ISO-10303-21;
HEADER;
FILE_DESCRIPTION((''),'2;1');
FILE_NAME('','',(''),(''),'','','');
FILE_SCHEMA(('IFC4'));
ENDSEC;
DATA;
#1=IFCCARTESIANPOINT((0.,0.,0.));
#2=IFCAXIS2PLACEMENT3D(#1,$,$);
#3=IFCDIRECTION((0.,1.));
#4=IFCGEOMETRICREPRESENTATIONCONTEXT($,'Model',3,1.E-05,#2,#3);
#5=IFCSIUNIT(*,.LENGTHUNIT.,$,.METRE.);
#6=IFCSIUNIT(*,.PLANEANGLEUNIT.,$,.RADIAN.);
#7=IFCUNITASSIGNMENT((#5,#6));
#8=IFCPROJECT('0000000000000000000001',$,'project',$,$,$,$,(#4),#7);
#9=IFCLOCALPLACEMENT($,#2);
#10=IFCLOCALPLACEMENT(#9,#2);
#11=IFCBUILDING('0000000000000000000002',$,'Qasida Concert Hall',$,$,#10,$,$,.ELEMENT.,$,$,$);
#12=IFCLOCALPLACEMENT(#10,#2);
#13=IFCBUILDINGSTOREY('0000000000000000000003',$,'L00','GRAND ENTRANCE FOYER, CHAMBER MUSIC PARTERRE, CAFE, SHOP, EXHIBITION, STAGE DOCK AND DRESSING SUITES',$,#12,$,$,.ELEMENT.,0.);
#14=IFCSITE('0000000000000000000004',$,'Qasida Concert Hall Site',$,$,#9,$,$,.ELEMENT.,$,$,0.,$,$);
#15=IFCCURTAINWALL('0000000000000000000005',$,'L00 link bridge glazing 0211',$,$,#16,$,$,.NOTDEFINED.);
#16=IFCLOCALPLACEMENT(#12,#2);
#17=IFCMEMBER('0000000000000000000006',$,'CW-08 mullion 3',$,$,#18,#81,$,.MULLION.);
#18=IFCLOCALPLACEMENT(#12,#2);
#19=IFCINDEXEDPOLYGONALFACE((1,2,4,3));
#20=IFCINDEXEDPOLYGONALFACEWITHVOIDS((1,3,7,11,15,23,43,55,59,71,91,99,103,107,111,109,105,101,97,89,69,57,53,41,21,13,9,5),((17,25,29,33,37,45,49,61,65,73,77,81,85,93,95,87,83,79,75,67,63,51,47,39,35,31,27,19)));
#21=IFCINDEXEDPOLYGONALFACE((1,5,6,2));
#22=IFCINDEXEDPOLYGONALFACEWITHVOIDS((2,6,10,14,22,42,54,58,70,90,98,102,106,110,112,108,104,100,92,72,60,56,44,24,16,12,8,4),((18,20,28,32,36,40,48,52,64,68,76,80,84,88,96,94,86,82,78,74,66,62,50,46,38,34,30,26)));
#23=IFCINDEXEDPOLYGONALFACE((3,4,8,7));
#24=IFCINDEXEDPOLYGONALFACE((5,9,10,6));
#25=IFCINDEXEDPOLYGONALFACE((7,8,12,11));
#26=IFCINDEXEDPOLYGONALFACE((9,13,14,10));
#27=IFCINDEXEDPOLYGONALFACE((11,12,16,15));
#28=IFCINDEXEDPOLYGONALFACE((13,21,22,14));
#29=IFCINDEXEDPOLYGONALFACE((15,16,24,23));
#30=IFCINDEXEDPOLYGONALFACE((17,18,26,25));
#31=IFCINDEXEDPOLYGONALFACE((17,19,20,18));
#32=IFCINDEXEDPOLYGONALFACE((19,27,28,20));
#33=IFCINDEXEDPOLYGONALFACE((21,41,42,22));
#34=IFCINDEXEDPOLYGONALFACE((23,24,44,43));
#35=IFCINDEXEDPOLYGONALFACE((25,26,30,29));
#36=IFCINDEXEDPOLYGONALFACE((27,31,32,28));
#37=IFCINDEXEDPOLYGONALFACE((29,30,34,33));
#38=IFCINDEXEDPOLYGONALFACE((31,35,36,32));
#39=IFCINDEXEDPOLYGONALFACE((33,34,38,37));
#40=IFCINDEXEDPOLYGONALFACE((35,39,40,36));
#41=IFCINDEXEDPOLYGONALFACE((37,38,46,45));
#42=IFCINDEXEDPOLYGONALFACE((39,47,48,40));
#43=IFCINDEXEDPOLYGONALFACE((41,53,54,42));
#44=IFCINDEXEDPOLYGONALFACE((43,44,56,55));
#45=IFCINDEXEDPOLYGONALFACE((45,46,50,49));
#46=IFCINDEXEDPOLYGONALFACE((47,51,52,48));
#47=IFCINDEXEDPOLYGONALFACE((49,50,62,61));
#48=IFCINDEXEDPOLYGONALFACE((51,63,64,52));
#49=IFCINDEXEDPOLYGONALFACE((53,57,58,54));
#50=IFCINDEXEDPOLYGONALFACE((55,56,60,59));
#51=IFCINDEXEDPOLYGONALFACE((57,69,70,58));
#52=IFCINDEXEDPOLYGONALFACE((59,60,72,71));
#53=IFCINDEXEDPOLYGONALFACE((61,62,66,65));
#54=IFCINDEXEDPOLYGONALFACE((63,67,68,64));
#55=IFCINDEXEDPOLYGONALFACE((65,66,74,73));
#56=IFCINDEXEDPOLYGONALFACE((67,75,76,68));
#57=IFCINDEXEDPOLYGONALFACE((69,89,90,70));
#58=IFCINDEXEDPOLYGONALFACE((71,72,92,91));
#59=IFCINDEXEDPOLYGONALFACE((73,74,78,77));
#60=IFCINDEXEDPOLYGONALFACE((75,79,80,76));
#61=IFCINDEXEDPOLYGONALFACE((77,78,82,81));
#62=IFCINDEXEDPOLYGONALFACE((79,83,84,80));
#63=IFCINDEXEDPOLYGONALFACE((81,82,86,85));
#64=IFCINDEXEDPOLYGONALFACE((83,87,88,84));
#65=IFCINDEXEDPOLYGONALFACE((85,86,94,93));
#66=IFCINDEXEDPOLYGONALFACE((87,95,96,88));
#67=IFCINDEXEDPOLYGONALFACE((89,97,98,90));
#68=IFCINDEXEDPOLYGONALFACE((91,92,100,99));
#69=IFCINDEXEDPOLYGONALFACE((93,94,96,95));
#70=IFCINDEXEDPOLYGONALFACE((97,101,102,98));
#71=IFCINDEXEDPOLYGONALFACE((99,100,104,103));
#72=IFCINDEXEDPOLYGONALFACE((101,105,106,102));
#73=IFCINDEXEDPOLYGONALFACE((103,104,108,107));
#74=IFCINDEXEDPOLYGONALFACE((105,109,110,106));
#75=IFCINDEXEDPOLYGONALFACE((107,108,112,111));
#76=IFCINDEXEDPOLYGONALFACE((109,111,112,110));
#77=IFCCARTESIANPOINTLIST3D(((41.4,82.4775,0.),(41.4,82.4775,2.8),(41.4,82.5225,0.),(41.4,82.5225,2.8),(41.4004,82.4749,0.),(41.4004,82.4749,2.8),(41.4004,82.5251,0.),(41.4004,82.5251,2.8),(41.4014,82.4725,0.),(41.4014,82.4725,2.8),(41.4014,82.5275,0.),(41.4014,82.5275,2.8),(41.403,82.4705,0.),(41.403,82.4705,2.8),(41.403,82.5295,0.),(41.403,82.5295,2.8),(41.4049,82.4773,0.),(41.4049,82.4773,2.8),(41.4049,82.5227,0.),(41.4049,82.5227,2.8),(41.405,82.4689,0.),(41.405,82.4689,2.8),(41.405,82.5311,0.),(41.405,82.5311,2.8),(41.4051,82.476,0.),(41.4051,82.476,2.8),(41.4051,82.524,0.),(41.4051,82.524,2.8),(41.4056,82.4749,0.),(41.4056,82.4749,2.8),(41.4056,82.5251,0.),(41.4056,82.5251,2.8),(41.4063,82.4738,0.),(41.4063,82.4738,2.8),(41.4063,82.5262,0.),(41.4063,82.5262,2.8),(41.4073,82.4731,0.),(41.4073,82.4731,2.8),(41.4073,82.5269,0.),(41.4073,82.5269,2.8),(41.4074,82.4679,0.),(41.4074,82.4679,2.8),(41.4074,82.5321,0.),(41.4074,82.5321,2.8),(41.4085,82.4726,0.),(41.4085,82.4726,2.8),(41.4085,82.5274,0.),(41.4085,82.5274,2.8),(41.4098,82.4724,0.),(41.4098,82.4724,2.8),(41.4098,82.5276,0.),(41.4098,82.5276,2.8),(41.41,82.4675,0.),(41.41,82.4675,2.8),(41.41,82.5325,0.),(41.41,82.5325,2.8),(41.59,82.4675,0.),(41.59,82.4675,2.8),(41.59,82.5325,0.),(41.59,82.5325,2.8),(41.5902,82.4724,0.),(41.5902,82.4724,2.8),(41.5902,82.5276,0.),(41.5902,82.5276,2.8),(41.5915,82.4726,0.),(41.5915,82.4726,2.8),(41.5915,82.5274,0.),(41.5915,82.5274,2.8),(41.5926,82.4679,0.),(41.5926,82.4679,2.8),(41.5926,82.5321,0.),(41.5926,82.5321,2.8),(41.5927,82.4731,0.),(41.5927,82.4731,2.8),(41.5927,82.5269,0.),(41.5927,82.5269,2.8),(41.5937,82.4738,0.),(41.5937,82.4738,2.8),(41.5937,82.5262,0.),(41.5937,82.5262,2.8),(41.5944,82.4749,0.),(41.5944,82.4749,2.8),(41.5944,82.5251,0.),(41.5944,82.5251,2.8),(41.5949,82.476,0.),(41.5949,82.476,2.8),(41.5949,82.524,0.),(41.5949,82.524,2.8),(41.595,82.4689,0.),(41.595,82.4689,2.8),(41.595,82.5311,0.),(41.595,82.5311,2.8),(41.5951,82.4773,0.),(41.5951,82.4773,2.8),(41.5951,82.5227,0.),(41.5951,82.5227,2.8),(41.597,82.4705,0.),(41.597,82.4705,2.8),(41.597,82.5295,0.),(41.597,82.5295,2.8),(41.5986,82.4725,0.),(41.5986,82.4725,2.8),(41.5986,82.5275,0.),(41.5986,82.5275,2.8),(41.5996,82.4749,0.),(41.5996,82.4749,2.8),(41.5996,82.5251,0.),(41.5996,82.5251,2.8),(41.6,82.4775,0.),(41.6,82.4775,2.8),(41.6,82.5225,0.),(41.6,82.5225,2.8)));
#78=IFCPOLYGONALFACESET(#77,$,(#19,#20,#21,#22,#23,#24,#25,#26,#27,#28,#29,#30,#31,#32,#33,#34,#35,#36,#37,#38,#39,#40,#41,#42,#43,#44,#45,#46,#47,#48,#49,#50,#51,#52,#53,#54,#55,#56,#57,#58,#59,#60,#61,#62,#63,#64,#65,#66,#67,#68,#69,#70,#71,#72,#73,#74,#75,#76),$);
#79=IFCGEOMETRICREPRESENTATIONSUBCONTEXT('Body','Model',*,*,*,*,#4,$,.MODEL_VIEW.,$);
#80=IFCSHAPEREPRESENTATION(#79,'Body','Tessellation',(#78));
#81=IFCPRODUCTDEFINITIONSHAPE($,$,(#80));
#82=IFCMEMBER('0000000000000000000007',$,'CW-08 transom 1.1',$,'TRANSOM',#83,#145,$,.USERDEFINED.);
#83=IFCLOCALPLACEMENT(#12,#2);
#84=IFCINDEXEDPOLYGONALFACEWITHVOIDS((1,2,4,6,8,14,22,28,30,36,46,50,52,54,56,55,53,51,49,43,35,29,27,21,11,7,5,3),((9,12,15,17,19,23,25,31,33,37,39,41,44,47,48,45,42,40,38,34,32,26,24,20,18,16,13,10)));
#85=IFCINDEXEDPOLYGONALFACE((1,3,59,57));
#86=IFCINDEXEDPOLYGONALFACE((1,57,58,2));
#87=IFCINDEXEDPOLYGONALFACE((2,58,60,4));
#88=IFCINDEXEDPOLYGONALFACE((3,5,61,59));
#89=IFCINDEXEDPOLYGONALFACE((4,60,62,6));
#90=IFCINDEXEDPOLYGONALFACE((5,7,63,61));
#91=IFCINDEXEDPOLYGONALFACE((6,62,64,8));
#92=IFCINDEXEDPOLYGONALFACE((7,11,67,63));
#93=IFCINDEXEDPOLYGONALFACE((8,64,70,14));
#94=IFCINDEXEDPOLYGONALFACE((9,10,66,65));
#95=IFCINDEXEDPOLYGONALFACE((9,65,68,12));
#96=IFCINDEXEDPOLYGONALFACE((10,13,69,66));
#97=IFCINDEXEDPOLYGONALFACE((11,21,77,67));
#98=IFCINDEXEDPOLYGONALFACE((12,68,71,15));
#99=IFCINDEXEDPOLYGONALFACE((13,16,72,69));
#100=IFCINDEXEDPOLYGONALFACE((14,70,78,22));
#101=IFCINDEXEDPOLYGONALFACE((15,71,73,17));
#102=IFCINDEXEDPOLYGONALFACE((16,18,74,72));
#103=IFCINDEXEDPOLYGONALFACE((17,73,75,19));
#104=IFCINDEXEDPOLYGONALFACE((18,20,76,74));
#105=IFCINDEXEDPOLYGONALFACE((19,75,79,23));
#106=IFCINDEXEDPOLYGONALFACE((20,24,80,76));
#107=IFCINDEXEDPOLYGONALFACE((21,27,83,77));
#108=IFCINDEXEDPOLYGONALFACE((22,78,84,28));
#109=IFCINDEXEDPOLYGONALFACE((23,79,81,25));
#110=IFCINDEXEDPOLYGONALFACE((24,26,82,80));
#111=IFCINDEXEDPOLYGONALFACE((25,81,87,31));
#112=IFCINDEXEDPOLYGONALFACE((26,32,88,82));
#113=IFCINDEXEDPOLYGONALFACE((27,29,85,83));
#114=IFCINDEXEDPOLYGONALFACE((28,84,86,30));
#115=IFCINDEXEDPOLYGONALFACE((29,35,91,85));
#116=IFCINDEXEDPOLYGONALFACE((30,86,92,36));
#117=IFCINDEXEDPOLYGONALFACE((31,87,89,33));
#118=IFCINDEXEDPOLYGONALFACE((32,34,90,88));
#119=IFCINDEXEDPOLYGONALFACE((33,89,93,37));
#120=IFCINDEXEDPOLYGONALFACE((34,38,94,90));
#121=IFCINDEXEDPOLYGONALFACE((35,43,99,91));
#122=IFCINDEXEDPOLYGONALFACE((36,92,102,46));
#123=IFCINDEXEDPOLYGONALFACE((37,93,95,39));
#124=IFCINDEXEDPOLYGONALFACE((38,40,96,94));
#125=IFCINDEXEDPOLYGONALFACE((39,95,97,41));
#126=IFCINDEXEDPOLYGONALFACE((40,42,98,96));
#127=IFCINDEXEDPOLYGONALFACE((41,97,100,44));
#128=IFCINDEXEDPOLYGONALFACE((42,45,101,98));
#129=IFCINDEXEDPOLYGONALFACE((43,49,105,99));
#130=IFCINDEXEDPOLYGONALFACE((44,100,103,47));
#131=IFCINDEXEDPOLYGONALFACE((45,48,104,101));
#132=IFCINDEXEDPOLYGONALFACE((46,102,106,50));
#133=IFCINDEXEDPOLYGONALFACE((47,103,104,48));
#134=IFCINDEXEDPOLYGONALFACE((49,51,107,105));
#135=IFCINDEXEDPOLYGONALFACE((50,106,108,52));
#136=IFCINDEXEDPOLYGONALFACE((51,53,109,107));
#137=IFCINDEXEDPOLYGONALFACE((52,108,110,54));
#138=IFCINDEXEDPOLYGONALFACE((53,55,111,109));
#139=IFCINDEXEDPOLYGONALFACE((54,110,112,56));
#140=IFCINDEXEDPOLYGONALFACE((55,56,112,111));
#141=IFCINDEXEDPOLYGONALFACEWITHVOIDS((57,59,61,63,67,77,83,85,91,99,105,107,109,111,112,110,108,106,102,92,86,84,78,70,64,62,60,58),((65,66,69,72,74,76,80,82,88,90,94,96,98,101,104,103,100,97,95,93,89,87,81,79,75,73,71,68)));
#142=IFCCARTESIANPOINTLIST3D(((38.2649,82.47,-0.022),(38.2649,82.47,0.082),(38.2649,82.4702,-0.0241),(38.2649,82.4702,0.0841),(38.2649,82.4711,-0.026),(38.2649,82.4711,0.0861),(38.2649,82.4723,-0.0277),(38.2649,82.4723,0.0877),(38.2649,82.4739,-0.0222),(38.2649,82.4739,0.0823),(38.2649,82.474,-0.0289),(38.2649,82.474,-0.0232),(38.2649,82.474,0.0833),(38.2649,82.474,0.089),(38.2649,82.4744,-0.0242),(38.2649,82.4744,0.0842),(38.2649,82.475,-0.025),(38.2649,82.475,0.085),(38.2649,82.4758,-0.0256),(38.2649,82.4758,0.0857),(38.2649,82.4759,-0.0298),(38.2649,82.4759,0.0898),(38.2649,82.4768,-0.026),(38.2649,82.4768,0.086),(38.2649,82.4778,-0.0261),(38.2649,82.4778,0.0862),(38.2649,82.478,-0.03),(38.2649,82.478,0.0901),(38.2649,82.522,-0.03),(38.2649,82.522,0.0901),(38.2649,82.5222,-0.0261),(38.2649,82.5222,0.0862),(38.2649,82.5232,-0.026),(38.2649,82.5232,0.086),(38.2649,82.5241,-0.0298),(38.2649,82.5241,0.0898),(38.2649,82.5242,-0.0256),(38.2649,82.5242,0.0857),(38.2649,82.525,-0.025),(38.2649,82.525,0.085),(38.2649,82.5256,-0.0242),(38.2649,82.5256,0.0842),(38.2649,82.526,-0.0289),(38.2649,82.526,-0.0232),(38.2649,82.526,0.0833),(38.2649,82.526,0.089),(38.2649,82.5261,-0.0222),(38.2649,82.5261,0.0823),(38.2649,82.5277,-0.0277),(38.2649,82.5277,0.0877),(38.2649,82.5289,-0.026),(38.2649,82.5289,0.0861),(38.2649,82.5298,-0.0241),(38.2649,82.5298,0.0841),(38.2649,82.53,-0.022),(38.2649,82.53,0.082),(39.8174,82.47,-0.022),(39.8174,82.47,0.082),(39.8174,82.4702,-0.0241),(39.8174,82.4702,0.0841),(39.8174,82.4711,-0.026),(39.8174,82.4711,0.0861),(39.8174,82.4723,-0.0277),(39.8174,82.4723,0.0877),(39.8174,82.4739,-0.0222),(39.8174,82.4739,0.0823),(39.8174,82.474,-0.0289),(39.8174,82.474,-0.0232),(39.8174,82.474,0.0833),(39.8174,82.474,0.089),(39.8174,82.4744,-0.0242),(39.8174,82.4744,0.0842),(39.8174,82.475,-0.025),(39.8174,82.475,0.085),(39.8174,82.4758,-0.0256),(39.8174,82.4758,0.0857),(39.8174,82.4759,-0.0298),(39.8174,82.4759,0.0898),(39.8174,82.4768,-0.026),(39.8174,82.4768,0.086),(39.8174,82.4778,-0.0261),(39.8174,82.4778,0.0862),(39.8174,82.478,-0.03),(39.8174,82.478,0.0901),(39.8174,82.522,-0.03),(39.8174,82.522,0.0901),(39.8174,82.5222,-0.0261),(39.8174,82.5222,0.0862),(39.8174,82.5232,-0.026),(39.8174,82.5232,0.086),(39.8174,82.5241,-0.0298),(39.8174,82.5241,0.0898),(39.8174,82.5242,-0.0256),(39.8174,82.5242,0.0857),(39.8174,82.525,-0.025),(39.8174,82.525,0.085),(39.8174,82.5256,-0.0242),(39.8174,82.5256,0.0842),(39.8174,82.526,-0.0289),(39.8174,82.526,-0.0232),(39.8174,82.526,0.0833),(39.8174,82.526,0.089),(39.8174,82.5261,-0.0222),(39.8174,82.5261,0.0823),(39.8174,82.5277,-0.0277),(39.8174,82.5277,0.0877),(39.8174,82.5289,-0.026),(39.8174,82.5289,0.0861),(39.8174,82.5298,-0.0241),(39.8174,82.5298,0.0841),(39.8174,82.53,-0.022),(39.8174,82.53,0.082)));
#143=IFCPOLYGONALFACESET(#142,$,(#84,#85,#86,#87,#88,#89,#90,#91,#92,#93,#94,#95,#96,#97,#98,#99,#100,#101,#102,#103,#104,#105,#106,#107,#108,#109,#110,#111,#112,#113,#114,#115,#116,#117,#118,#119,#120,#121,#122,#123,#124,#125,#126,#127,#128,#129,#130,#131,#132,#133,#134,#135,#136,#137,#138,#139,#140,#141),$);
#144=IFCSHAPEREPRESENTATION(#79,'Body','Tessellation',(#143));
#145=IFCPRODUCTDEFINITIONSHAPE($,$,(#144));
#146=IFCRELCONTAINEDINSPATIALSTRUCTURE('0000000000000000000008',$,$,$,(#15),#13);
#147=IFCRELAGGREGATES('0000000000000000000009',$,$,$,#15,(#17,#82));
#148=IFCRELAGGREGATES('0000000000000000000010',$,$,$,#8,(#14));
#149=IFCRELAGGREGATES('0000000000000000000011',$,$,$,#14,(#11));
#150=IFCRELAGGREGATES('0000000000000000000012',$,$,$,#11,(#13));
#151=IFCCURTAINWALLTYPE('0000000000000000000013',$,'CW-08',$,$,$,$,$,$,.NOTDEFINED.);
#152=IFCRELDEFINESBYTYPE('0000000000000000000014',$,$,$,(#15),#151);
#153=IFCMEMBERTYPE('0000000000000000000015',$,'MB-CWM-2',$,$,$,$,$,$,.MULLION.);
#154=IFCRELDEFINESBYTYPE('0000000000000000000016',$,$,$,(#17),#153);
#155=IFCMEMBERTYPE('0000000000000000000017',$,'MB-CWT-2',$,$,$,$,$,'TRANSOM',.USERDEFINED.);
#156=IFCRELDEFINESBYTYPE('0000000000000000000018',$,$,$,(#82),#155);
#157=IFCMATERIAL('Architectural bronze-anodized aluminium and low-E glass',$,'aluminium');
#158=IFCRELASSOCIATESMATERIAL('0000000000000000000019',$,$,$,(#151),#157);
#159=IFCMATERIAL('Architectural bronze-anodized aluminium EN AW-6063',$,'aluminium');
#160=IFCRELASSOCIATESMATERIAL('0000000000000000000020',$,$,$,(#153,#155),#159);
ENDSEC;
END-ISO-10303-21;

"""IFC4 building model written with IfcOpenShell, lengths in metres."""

from ifc_helpers import new_model, si_unit, direction, frame, origin, origin_2d, place, context, subcontext, project, spatial, hollow_rectangle, extrude, material, material_profile, profile_set, type_object, element, aggregate, save


model = new_model("IFC4")

# Units and contexts
model_context = context("Model", 3, precision=1e-05, world=origin(), true_north=direction((0.0, 1.0)))
body_context = subcontext(model_context, "Body", "Model", "MODEL_VIEW")
ifc_project = project(units=[si_unit("LENGTHUNIT", "METRE"), si_unit("PLANEANGLEUNIT", "RADIAN")], contexts=[model_context])

# Site, building, storey
site_placement = place(None, origin())
site = spatial("IfcSite", under=ifc_project, at=site_placement, Name="Qasida Concert Hall Site", CompositionType="ELEMENT", RefElevation=0.0)
building_placement = place(site_placement, origin())
building = spatial("IfcBuilding", under=site, at=building_placement, Name="Qasida Concert Hall", CompositionType="ELEMENT")
storey_placement = place(building_placement, origin())
storey = spatial("IfcBuildingStorey", under=building, at=storey_placement, Name="L00", Description="GRAND ENTRANCE FOYER, CHAMBER MUSIC PARTERRE, CAFE, SHOP, EXHIBITION, STAGE DOCK AND DRESSING SUITES", CompositionType="ELEMENT", Elevation=0.0)

# Curtain wall, members
ifc_material_1 = material(Name="Architectural bronze-anodized aluminium and low-E glass", Category="aluminium")
curtain_wall_type = type_object("IfcCurtainWallType", Name="CW-08", PredefinedType="NOTDEFINED", material=ifc_material_1)
curtain_wall_placement = place(storey_placement, origin())
curtain_wall = element("IfcCurtainWall", 1, at=curtain_wall_placement, inside=storey, type_object=curtain_wall_type, Name="L00 link bridge glazing 0211", PredefinedType="NOTDEFINED")
ifc_material_2 = material(Name="Architectural bronze-anodized aluminium EN AW-6063", Category="aluminium")
ifc_material_profile_1 = material_profile(ifc_material_2, hollow_rectangle(XDim=0.0649, YDim=0.2, WallThickness=0.0049, InnerFilletRadius=0.0049, OuterFilletRadius=0.01, at=origin_2d()), Name="CWM 200x65x5")
ifc_profile_set_1 = profile_set([ifc_material_profile_1], Name="Architectural bronze-anodized aluminium EN AW-6063")
member_type_1 = type_object("IfcMemberType", Name="MB-CWM-2", PredefinedType="MULLION", material=ifc_profile_set_1)
member_1_placement = place(storey_placement, frame((41.5, 82.5, 0.0), z_axis=(0.0, 0.0, 1.0), x_axis=(0.0, 1.0, 0.0)))
member_1 = element("IfcMember", 2, at=member_1_placement, type_object=member_type_1, Name="CW-08 mullion 3", PredefinedType="MULLION", context=body_context, shape_type="SweptSolid", body=[
    extrude(hollow_rectangle(XDim=0.0649, YDim=0.2, WallThickness=0.0049, InnerFilletRadius=0.0049, OuterFilletRadius=0.01, at=origin_2d()), origin(), (0.0, 0.0, 1.0), 2.8),
])
ifc_material_profile_2 = material_profile(ifc_material_2, hollow_rectangle(XDim=0.0601, YDim=0.1201, WallThickness=0.0039, InnerFilletRadius=0.0039, OuterFilletRadius=0.0081, at=origin_2d()), Name="CWT 120x60x4")
ifc_profile_set_2 = profile_set([ifc_material_profile_2], Name="Architectural bronze-anodized aluminium EN AW-6063")
member_type_2 = type_object("IfcMemberType", Name="MB-CWT-2", ElementType="TRANSOM", PredefinedType="USERDEFINED", material=ifc_profile_set_2)
member_2_placement = place(storey_placement, frame((38.2649, 82.5, 0.03), z_axis=(1.0, 0.0, 0.0), x_axis=(0.0, 1.0, 0.0)))
member_2 = element("IfcMember", 3, at=member_2_placement, type_object=member_type_2, Name="CW-08 transom 1.1", ObjectType="TRANSOM", PredefinedType="USERDEFINED", context=body_context, shape_type="SweptSolid", body=[
    extrude(hollow_rectangle(XDim=0.0601, YDim=0.1201, WallThickness=0.0039, InnerFilletRadius=0.0039, OuterFilletRadius=0.0081, at=origin_2d()), origin(), (0.0, 0.0, 1.0), 1.5525),
])
aggregate(curtain_wall, [member_1, member_2])

save(model, "model.ifc")
